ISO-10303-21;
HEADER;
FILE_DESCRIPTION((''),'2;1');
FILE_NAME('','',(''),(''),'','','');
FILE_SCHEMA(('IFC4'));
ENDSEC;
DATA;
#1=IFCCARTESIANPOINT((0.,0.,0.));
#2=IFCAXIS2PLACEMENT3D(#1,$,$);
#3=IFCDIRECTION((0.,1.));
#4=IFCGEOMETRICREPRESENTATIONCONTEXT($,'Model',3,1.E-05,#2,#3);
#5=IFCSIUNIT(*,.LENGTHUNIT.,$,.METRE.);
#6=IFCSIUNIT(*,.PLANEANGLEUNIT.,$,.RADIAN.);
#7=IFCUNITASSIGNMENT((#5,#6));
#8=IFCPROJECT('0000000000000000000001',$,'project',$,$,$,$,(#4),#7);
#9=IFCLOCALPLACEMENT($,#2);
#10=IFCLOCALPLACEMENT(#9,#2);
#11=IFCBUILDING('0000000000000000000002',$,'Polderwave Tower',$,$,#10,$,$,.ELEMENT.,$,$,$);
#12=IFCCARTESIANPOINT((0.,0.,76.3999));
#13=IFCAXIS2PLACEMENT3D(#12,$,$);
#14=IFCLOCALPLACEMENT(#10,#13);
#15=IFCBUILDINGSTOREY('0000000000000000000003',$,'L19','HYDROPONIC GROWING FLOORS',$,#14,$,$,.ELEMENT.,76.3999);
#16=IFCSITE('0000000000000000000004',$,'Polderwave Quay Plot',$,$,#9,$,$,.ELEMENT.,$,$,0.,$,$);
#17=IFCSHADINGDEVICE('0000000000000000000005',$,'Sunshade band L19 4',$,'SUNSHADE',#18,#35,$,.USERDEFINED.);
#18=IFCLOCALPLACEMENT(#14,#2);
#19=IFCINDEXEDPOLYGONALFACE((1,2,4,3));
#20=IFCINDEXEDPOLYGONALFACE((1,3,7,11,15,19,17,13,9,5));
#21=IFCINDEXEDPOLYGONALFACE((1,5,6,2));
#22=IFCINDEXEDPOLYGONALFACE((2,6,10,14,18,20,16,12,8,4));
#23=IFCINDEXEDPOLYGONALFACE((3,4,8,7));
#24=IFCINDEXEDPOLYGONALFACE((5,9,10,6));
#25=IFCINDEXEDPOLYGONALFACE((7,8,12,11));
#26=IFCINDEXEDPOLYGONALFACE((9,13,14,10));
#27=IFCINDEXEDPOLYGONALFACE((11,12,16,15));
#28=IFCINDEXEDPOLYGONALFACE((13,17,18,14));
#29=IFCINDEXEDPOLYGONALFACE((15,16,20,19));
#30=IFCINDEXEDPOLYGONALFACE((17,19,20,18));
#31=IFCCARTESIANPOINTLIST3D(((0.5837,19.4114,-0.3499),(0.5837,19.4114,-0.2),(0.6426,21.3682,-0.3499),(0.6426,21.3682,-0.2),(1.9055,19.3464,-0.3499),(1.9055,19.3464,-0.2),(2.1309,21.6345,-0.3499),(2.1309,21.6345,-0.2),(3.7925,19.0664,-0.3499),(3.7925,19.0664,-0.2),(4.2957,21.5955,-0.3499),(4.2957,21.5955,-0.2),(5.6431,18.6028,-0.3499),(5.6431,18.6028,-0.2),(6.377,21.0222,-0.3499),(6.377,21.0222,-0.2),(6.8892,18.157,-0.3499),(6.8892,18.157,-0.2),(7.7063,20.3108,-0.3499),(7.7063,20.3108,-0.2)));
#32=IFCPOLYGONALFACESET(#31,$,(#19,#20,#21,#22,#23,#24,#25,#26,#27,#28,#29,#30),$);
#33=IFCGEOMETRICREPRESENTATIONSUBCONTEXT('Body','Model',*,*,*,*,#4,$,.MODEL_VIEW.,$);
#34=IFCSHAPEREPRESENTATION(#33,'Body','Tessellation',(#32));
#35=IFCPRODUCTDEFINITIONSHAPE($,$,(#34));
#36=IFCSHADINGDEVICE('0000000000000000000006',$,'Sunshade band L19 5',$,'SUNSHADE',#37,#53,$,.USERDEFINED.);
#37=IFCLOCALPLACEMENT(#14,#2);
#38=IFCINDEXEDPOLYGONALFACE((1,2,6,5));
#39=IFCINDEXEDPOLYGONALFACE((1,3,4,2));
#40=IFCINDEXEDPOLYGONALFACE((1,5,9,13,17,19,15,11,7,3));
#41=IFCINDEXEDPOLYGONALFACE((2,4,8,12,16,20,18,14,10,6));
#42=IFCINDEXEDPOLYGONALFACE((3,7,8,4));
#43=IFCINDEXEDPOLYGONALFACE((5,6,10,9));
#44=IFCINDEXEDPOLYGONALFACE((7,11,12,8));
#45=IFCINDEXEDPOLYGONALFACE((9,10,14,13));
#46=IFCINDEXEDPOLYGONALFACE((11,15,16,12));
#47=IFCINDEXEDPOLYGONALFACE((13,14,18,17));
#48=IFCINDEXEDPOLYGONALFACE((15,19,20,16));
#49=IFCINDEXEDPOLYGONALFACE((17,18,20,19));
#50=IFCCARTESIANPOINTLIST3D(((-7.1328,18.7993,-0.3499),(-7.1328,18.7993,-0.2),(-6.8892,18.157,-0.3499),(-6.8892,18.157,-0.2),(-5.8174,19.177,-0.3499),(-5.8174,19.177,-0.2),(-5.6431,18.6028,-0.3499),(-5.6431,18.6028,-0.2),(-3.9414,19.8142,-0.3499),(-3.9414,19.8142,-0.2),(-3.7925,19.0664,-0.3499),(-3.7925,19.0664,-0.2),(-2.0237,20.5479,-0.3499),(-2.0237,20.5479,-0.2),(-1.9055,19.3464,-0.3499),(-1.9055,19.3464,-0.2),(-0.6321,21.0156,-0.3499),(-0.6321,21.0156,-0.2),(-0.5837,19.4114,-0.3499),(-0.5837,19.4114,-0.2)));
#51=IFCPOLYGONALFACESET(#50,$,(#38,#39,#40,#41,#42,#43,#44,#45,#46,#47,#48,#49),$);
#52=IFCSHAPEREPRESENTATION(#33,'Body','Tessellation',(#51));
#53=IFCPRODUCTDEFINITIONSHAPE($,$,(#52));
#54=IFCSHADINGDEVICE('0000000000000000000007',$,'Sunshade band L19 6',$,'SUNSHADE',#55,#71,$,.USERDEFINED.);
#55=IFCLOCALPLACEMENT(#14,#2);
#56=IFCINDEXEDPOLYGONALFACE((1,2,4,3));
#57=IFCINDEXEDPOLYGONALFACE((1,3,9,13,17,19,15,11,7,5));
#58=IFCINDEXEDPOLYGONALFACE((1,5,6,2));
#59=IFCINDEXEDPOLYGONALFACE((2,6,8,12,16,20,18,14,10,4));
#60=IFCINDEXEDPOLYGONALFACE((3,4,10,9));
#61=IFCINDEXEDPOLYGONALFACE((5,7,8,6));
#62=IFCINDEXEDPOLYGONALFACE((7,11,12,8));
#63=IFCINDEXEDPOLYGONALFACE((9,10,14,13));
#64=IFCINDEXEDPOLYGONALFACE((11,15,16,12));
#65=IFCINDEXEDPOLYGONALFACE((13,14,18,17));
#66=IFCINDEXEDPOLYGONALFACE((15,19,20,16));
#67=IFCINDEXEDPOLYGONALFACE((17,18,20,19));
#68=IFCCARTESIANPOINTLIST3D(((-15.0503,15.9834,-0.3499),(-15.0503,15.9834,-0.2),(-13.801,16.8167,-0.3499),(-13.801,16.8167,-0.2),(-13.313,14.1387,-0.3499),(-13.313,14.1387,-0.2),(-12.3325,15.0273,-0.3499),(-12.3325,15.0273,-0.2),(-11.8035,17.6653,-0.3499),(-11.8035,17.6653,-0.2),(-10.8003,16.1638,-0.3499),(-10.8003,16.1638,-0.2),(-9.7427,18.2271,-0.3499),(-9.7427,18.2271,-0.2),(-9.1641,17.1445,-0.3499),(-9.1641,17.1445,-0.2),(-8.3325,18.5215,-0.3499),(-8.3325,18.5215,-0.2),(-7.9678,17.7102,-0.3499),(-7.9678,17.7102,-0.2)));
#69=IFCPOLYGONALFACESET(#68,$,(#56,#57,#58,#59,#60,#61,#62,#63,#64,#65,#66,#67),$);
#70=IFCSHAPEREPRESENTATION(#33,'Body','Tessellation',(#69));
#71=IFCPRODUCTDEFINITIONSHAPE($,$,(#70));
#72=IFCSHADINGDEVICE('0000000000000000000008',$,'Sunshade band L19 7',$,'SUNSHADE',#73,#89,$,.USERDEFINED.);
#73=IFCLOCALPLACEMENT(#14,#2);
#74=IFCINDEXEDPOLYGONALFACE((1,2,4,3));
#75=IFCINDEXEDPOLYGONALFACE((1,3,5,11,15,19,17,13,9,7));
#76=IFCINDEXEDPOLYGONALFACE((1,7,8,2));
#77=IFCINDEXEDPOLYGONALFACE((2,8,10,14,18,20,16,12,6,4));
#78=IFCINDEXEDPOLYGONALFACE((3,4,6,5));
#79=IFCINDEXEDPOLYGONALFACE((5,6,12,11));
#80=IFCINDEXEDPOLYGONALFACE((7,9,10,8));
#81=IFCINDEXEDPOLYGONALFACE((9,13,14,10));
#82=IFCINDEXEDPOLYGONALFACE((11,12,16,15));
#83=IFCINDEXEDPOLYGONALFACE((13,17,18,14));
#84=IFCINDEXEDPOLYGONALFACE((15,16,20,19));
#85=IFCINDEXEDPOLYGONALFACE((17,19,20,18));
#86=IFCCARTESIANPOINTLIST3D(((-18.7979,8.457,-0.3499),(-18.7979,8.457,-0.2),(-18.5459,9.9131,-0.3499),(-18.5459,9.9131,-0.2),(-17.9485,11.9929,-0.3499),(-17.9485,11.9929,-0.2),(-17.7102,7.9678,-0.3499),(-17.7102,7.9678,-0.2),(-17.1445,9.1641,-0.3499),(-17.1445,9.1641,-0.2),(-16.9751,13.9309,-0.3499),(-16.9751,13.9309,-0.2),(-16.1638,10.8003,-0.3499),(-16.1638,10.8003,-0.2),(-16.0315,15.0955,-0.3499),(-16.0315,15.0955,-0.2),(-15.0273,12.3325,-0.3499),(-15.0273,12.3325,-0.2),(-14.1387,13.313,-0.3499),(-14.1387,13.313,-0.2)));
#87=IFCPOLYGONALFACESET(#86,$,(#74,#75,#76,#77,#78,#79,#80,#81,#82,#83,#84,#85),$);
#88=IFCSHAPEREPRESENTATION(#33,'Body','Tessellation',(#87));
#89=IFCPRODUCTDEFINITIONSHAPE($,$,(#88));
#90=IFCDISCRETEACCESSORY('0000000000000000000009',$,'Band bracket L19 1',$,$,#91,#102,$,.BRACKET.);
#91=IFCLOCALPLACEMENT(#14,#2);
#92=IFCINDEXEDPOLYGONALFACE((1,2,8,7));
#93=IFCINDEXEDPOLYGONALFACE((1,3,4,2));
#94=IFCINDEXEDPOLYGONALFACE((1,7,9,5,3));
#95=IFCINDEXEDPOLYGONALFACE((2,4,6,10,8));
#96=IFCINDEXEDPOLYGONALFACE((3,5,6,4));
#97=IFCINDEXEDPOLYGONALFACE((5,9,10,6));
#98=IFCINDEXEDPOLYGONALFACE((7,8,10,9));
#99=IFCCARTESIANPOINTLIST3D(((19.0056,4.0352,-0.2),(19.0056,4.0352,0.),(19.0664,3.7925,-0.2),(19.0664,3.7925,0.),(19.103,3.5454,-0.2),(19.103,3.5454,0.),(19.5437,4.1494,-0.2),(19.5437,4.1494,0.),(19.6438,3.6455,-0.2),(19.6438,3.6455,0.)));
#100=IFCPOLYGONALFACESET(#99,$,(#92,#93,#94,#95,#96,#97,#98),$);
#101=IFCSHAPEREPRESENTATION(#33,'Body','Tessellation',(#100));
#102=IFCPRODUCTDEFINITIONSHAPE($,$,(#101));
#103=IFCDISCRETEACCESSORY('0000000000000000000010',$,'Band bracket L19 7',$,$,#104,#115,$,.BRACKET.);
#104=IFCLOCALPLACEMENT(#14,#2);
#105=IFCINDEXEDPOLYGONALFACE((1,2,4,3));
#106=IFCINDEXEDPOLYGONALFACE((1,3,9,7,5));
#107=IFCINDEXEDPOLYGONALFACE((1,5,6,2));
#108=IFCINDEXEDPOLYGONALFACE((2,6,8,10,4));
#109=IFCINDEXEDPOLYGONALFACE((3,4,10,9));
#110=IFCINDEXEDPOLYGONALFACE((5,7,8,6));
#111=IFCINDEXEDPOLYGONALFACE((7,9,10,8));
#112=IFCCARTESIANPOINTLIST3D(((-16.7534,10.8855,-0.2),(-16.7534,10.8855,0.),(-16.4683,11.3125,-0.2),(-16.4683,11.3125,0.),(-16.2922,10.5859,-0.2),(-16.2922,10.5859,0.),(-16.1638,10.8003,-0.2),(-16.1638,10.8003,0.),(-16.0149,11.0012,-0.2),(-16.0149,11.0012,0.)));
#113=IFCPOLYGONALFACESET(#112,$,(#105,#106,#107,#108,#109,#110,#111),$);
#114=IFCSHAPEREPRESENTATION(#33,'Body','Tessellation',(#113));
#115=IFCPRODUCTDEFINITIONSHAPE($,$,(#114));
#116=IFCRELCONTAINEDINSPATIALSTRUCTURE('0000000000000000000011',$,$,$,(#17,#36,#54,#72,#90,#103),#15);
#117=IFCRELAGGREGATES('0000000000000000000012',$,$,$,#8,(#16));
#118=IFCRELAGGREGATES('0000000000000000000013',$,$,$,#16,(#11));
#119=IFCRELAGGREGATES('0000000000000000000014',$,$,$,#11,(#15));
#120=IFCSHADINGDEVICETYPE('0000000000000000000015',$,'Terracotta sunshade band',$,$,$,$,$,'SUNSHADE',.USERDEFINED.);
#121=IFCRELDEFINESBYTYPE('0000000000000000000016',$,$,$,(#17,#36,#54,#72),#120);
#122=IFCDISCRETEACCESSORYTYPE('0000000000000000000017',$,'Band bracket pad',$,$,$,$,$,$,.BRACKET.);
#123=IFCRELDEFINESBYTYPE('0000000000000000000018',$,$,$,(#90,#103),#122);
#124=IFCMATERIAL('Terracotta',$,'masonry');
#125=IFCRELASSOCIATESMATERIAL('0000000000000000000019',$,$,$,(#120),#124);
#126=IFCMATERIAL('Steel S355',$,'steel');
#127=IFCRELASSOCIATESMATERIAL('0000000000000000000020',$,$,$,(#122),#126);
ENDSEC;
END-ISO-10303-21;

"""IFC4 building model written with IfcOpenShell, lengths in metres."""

from ifc_helpers import new_model, si_unit, direction, frame, origin, place, context, subcontext, project, spatial, polyline, outline, extrude, material, type_object, element, save


model = new_model("IFC4")

# Units and contexts
model_context = context("Model", 3, precision=1e-05, world=origin(), true_north=direction((0.0, 1.0)))
body_context = subcontext(model_context, "Body", "Model", "MODEL_VIEW")
ifc_project = project(units=[si_unit("LENGTHUNIT", "METRE"), si_unit("PLANEANGLEUNIT", "RADIAN")], contexts=[model_context])

# Site, building, storey
site_placement = place(None, origin())
site = spatial("IfcSite", under=ifc_project, at=site_placement, Name="Polderwave Quay Plot", CompositionType="ELEMENT", RefElevation=0.0)
building_placement = place(site_placement, origin())
building = spatial("IfcBuilding", under=site, at=building_placement, Name="Polderwave Tower", CompositionType="ELEMENT")
storey_placement = place(building_placement, frame((0.0, 0.0, 76.3999)))
storey = spatial("IfcBuildingStorey", under=building, at=storey_placement, Name="L19", Description="HYDROPONIC GROWING FLOORS", CompositionType="ELEMENT", Elevation=76.3999)

# Shading devices
ifc_material_1 = material(Name="Terracotta", Category="masonry")
shading_device_type = type_object("IfcShadingDeviceType", Name="Terracotta sunshade band", ElementType="SUNSHADE", PredefinedType="USERDEFINED", material=ifc_material_1)
shading_device_1_placement = place(storey_placement, frame((0.0, 0.0, -0.3499)))
element("IfcShadingDevice", 1, at=shading_device_1_placement, inside=storey, type_object=shading_device_type, Name="Sunshade band L19 4", ObjectType="SUNSHADE", PredefinedType="USERDEFINED", context=body_context, shape_type="SweptSolid", body=[
    extrude(outline(polyline([(6.8892, 18.157), (5.6431, 18.6028), (3.7925, 19.0664), (1.9055, 19.3464), (0.5837, 19.4114), (0.6426, 21.3682), (2.1309, 21.6345), (4.2957, 21.5955), (6.377, 21.0222), (7.7063, 20.3108), (6.8892, 18.157)])), origin(), (0.0, 0.0, 1.0), 0.1499),
])
shading_device_2_placement = place(storey_placement, frame((0.0, 0.0, -0.3499)))
element("IfcShadingDevice", 2, at=shading_device_2_placement, inside=storey, type_object=shading_device_type, Name="Sunshade band L19 5", ObjectType="SUNSHADE", PredefinedType="USERDEFINED", context=body_context, shape_type="SweptSolid", body=[
    extrude(outline(polyline([(-0.5837, 19.4114), (-1.9055, 19.3464), (-3.7925, 19.0664), (-5.6431, 18.6028), (-6.8892, 18.157), (-7.1328, 18.7993), (-5.8174, 19.177), (-3.9414, 19.8142), (-2.0237, 20.5479), (-0.6321, 21.0156), (-0.5837, 19.4114)])), origin(), (0.0, 0.0, 1.0), 0.1499),
])
shading_device_3_placement = place(storey_placement, frame((0.0, 0.0, -0.3499)))
element("IfcShadingDevice", 3, at=shading_device_3_placement, inside=storey, type_object=shading_device_type, Name="Sunshade band L19 6", ObjectType="SUNSHADE", PredefinedType="USERDEFINED", context=body_context, shape_type="SweptSolid", body=[
    extrude(outline(polyline([(-7.9678, 17.7102), (-9.1641, 17.1445), (-10.8003, 16.1638), (-12.3325, 15.0273), (-13.313, 14.1387), (-15.0503, 15.9834), (-13.801, 16.8167), (-11.8035, 17.6653), (-9.7427, 18.2271), (-8.3325, 18.5215), (-7.9678, 17.7102)])), origin(), (0.0, 0.0, 1.0), 0.1499),
])
shading_device_4_placement = place(storey_placement, frame((0.0, 0.0, -0.3499)))
element("IfcShadingDevice", 4, at=shading_device_4_placement, inside=storey, type_object=shading_device_type, Name="Sunshade band L19 7", ObjectType="SUNSHADE", PredefinedType="USERDEFINED", context=body_context, shape_type="SweptSolid", body=[
    extrude(outline(polyline([(-14.1387, 13.313), (-15.0273, 12.3325), (-16.1638, 10.8003), (-17.1445, 9.1641), (-17.7102, 7.9678), (-18.7979, 8.457), (-18.5459, 9.9131), (-17.9485, 11.9929), (-16.9751, 13.9309), (-16.0315, 15.0955), (-14.1387, 13.313)])), origin(), (0.0, 0.0, 1.0), 0.1499),
])

# Discrete accessories
ifc_material_2 = material(Name="Steel S355", Category="steel")
discrete_accessory_type = type_object("IfcDiscreteAccessoryType", Name="Band bracket pad", PredefinedType="BRACKET", material=ifc_material_2)
discrete_accessory_1_placement = place(storey_placement, frame((0.0, 0.0, -0.2)))
element("IfcDiscreteAccessory", 5, at=discrete_accessory_1_placement, inside=storey, type_object=discrete_accessory_type, Name="Band bracket L19 1", PredefinedType="BRACKET", context=body_context, shape_type="SweptSolid", body=[
    extrude(outline(polyline([(19.103, 3.5454), (19.0664, 3.7925), (19.0056, 4.0352), (19.5437, 4.1494), (19.6438, 3.6455), (19.103, 3.5454)])), origin(), (0.0, 0.0, 1.0), 0.2),
])
discrete_accessory_2_placement = place(storey_placement, frame((0.0, 0.0, -0.2)))
element("IfcDiscreteAccessory", 6, at=discrete_accessory_2_placement, inside=storey, type_object=discrete_accessory_type, Name="Band bracket L19 7", PredefinedType="BRACKET", context=body_context, shape_type="SweptSolid", body=[
    extrude(outline(polyline([(-16.0149, 11.0012), (-16.1638, 10.8003), (-16.2922, 10.5859), (-16.7534, 10.8855), (-16.4683, 11.3125), (-16.0149, 11.0012)])), origin(), (0.0, 0.0, 1.0), 0.2),
])

save(model, "model.ifc")
